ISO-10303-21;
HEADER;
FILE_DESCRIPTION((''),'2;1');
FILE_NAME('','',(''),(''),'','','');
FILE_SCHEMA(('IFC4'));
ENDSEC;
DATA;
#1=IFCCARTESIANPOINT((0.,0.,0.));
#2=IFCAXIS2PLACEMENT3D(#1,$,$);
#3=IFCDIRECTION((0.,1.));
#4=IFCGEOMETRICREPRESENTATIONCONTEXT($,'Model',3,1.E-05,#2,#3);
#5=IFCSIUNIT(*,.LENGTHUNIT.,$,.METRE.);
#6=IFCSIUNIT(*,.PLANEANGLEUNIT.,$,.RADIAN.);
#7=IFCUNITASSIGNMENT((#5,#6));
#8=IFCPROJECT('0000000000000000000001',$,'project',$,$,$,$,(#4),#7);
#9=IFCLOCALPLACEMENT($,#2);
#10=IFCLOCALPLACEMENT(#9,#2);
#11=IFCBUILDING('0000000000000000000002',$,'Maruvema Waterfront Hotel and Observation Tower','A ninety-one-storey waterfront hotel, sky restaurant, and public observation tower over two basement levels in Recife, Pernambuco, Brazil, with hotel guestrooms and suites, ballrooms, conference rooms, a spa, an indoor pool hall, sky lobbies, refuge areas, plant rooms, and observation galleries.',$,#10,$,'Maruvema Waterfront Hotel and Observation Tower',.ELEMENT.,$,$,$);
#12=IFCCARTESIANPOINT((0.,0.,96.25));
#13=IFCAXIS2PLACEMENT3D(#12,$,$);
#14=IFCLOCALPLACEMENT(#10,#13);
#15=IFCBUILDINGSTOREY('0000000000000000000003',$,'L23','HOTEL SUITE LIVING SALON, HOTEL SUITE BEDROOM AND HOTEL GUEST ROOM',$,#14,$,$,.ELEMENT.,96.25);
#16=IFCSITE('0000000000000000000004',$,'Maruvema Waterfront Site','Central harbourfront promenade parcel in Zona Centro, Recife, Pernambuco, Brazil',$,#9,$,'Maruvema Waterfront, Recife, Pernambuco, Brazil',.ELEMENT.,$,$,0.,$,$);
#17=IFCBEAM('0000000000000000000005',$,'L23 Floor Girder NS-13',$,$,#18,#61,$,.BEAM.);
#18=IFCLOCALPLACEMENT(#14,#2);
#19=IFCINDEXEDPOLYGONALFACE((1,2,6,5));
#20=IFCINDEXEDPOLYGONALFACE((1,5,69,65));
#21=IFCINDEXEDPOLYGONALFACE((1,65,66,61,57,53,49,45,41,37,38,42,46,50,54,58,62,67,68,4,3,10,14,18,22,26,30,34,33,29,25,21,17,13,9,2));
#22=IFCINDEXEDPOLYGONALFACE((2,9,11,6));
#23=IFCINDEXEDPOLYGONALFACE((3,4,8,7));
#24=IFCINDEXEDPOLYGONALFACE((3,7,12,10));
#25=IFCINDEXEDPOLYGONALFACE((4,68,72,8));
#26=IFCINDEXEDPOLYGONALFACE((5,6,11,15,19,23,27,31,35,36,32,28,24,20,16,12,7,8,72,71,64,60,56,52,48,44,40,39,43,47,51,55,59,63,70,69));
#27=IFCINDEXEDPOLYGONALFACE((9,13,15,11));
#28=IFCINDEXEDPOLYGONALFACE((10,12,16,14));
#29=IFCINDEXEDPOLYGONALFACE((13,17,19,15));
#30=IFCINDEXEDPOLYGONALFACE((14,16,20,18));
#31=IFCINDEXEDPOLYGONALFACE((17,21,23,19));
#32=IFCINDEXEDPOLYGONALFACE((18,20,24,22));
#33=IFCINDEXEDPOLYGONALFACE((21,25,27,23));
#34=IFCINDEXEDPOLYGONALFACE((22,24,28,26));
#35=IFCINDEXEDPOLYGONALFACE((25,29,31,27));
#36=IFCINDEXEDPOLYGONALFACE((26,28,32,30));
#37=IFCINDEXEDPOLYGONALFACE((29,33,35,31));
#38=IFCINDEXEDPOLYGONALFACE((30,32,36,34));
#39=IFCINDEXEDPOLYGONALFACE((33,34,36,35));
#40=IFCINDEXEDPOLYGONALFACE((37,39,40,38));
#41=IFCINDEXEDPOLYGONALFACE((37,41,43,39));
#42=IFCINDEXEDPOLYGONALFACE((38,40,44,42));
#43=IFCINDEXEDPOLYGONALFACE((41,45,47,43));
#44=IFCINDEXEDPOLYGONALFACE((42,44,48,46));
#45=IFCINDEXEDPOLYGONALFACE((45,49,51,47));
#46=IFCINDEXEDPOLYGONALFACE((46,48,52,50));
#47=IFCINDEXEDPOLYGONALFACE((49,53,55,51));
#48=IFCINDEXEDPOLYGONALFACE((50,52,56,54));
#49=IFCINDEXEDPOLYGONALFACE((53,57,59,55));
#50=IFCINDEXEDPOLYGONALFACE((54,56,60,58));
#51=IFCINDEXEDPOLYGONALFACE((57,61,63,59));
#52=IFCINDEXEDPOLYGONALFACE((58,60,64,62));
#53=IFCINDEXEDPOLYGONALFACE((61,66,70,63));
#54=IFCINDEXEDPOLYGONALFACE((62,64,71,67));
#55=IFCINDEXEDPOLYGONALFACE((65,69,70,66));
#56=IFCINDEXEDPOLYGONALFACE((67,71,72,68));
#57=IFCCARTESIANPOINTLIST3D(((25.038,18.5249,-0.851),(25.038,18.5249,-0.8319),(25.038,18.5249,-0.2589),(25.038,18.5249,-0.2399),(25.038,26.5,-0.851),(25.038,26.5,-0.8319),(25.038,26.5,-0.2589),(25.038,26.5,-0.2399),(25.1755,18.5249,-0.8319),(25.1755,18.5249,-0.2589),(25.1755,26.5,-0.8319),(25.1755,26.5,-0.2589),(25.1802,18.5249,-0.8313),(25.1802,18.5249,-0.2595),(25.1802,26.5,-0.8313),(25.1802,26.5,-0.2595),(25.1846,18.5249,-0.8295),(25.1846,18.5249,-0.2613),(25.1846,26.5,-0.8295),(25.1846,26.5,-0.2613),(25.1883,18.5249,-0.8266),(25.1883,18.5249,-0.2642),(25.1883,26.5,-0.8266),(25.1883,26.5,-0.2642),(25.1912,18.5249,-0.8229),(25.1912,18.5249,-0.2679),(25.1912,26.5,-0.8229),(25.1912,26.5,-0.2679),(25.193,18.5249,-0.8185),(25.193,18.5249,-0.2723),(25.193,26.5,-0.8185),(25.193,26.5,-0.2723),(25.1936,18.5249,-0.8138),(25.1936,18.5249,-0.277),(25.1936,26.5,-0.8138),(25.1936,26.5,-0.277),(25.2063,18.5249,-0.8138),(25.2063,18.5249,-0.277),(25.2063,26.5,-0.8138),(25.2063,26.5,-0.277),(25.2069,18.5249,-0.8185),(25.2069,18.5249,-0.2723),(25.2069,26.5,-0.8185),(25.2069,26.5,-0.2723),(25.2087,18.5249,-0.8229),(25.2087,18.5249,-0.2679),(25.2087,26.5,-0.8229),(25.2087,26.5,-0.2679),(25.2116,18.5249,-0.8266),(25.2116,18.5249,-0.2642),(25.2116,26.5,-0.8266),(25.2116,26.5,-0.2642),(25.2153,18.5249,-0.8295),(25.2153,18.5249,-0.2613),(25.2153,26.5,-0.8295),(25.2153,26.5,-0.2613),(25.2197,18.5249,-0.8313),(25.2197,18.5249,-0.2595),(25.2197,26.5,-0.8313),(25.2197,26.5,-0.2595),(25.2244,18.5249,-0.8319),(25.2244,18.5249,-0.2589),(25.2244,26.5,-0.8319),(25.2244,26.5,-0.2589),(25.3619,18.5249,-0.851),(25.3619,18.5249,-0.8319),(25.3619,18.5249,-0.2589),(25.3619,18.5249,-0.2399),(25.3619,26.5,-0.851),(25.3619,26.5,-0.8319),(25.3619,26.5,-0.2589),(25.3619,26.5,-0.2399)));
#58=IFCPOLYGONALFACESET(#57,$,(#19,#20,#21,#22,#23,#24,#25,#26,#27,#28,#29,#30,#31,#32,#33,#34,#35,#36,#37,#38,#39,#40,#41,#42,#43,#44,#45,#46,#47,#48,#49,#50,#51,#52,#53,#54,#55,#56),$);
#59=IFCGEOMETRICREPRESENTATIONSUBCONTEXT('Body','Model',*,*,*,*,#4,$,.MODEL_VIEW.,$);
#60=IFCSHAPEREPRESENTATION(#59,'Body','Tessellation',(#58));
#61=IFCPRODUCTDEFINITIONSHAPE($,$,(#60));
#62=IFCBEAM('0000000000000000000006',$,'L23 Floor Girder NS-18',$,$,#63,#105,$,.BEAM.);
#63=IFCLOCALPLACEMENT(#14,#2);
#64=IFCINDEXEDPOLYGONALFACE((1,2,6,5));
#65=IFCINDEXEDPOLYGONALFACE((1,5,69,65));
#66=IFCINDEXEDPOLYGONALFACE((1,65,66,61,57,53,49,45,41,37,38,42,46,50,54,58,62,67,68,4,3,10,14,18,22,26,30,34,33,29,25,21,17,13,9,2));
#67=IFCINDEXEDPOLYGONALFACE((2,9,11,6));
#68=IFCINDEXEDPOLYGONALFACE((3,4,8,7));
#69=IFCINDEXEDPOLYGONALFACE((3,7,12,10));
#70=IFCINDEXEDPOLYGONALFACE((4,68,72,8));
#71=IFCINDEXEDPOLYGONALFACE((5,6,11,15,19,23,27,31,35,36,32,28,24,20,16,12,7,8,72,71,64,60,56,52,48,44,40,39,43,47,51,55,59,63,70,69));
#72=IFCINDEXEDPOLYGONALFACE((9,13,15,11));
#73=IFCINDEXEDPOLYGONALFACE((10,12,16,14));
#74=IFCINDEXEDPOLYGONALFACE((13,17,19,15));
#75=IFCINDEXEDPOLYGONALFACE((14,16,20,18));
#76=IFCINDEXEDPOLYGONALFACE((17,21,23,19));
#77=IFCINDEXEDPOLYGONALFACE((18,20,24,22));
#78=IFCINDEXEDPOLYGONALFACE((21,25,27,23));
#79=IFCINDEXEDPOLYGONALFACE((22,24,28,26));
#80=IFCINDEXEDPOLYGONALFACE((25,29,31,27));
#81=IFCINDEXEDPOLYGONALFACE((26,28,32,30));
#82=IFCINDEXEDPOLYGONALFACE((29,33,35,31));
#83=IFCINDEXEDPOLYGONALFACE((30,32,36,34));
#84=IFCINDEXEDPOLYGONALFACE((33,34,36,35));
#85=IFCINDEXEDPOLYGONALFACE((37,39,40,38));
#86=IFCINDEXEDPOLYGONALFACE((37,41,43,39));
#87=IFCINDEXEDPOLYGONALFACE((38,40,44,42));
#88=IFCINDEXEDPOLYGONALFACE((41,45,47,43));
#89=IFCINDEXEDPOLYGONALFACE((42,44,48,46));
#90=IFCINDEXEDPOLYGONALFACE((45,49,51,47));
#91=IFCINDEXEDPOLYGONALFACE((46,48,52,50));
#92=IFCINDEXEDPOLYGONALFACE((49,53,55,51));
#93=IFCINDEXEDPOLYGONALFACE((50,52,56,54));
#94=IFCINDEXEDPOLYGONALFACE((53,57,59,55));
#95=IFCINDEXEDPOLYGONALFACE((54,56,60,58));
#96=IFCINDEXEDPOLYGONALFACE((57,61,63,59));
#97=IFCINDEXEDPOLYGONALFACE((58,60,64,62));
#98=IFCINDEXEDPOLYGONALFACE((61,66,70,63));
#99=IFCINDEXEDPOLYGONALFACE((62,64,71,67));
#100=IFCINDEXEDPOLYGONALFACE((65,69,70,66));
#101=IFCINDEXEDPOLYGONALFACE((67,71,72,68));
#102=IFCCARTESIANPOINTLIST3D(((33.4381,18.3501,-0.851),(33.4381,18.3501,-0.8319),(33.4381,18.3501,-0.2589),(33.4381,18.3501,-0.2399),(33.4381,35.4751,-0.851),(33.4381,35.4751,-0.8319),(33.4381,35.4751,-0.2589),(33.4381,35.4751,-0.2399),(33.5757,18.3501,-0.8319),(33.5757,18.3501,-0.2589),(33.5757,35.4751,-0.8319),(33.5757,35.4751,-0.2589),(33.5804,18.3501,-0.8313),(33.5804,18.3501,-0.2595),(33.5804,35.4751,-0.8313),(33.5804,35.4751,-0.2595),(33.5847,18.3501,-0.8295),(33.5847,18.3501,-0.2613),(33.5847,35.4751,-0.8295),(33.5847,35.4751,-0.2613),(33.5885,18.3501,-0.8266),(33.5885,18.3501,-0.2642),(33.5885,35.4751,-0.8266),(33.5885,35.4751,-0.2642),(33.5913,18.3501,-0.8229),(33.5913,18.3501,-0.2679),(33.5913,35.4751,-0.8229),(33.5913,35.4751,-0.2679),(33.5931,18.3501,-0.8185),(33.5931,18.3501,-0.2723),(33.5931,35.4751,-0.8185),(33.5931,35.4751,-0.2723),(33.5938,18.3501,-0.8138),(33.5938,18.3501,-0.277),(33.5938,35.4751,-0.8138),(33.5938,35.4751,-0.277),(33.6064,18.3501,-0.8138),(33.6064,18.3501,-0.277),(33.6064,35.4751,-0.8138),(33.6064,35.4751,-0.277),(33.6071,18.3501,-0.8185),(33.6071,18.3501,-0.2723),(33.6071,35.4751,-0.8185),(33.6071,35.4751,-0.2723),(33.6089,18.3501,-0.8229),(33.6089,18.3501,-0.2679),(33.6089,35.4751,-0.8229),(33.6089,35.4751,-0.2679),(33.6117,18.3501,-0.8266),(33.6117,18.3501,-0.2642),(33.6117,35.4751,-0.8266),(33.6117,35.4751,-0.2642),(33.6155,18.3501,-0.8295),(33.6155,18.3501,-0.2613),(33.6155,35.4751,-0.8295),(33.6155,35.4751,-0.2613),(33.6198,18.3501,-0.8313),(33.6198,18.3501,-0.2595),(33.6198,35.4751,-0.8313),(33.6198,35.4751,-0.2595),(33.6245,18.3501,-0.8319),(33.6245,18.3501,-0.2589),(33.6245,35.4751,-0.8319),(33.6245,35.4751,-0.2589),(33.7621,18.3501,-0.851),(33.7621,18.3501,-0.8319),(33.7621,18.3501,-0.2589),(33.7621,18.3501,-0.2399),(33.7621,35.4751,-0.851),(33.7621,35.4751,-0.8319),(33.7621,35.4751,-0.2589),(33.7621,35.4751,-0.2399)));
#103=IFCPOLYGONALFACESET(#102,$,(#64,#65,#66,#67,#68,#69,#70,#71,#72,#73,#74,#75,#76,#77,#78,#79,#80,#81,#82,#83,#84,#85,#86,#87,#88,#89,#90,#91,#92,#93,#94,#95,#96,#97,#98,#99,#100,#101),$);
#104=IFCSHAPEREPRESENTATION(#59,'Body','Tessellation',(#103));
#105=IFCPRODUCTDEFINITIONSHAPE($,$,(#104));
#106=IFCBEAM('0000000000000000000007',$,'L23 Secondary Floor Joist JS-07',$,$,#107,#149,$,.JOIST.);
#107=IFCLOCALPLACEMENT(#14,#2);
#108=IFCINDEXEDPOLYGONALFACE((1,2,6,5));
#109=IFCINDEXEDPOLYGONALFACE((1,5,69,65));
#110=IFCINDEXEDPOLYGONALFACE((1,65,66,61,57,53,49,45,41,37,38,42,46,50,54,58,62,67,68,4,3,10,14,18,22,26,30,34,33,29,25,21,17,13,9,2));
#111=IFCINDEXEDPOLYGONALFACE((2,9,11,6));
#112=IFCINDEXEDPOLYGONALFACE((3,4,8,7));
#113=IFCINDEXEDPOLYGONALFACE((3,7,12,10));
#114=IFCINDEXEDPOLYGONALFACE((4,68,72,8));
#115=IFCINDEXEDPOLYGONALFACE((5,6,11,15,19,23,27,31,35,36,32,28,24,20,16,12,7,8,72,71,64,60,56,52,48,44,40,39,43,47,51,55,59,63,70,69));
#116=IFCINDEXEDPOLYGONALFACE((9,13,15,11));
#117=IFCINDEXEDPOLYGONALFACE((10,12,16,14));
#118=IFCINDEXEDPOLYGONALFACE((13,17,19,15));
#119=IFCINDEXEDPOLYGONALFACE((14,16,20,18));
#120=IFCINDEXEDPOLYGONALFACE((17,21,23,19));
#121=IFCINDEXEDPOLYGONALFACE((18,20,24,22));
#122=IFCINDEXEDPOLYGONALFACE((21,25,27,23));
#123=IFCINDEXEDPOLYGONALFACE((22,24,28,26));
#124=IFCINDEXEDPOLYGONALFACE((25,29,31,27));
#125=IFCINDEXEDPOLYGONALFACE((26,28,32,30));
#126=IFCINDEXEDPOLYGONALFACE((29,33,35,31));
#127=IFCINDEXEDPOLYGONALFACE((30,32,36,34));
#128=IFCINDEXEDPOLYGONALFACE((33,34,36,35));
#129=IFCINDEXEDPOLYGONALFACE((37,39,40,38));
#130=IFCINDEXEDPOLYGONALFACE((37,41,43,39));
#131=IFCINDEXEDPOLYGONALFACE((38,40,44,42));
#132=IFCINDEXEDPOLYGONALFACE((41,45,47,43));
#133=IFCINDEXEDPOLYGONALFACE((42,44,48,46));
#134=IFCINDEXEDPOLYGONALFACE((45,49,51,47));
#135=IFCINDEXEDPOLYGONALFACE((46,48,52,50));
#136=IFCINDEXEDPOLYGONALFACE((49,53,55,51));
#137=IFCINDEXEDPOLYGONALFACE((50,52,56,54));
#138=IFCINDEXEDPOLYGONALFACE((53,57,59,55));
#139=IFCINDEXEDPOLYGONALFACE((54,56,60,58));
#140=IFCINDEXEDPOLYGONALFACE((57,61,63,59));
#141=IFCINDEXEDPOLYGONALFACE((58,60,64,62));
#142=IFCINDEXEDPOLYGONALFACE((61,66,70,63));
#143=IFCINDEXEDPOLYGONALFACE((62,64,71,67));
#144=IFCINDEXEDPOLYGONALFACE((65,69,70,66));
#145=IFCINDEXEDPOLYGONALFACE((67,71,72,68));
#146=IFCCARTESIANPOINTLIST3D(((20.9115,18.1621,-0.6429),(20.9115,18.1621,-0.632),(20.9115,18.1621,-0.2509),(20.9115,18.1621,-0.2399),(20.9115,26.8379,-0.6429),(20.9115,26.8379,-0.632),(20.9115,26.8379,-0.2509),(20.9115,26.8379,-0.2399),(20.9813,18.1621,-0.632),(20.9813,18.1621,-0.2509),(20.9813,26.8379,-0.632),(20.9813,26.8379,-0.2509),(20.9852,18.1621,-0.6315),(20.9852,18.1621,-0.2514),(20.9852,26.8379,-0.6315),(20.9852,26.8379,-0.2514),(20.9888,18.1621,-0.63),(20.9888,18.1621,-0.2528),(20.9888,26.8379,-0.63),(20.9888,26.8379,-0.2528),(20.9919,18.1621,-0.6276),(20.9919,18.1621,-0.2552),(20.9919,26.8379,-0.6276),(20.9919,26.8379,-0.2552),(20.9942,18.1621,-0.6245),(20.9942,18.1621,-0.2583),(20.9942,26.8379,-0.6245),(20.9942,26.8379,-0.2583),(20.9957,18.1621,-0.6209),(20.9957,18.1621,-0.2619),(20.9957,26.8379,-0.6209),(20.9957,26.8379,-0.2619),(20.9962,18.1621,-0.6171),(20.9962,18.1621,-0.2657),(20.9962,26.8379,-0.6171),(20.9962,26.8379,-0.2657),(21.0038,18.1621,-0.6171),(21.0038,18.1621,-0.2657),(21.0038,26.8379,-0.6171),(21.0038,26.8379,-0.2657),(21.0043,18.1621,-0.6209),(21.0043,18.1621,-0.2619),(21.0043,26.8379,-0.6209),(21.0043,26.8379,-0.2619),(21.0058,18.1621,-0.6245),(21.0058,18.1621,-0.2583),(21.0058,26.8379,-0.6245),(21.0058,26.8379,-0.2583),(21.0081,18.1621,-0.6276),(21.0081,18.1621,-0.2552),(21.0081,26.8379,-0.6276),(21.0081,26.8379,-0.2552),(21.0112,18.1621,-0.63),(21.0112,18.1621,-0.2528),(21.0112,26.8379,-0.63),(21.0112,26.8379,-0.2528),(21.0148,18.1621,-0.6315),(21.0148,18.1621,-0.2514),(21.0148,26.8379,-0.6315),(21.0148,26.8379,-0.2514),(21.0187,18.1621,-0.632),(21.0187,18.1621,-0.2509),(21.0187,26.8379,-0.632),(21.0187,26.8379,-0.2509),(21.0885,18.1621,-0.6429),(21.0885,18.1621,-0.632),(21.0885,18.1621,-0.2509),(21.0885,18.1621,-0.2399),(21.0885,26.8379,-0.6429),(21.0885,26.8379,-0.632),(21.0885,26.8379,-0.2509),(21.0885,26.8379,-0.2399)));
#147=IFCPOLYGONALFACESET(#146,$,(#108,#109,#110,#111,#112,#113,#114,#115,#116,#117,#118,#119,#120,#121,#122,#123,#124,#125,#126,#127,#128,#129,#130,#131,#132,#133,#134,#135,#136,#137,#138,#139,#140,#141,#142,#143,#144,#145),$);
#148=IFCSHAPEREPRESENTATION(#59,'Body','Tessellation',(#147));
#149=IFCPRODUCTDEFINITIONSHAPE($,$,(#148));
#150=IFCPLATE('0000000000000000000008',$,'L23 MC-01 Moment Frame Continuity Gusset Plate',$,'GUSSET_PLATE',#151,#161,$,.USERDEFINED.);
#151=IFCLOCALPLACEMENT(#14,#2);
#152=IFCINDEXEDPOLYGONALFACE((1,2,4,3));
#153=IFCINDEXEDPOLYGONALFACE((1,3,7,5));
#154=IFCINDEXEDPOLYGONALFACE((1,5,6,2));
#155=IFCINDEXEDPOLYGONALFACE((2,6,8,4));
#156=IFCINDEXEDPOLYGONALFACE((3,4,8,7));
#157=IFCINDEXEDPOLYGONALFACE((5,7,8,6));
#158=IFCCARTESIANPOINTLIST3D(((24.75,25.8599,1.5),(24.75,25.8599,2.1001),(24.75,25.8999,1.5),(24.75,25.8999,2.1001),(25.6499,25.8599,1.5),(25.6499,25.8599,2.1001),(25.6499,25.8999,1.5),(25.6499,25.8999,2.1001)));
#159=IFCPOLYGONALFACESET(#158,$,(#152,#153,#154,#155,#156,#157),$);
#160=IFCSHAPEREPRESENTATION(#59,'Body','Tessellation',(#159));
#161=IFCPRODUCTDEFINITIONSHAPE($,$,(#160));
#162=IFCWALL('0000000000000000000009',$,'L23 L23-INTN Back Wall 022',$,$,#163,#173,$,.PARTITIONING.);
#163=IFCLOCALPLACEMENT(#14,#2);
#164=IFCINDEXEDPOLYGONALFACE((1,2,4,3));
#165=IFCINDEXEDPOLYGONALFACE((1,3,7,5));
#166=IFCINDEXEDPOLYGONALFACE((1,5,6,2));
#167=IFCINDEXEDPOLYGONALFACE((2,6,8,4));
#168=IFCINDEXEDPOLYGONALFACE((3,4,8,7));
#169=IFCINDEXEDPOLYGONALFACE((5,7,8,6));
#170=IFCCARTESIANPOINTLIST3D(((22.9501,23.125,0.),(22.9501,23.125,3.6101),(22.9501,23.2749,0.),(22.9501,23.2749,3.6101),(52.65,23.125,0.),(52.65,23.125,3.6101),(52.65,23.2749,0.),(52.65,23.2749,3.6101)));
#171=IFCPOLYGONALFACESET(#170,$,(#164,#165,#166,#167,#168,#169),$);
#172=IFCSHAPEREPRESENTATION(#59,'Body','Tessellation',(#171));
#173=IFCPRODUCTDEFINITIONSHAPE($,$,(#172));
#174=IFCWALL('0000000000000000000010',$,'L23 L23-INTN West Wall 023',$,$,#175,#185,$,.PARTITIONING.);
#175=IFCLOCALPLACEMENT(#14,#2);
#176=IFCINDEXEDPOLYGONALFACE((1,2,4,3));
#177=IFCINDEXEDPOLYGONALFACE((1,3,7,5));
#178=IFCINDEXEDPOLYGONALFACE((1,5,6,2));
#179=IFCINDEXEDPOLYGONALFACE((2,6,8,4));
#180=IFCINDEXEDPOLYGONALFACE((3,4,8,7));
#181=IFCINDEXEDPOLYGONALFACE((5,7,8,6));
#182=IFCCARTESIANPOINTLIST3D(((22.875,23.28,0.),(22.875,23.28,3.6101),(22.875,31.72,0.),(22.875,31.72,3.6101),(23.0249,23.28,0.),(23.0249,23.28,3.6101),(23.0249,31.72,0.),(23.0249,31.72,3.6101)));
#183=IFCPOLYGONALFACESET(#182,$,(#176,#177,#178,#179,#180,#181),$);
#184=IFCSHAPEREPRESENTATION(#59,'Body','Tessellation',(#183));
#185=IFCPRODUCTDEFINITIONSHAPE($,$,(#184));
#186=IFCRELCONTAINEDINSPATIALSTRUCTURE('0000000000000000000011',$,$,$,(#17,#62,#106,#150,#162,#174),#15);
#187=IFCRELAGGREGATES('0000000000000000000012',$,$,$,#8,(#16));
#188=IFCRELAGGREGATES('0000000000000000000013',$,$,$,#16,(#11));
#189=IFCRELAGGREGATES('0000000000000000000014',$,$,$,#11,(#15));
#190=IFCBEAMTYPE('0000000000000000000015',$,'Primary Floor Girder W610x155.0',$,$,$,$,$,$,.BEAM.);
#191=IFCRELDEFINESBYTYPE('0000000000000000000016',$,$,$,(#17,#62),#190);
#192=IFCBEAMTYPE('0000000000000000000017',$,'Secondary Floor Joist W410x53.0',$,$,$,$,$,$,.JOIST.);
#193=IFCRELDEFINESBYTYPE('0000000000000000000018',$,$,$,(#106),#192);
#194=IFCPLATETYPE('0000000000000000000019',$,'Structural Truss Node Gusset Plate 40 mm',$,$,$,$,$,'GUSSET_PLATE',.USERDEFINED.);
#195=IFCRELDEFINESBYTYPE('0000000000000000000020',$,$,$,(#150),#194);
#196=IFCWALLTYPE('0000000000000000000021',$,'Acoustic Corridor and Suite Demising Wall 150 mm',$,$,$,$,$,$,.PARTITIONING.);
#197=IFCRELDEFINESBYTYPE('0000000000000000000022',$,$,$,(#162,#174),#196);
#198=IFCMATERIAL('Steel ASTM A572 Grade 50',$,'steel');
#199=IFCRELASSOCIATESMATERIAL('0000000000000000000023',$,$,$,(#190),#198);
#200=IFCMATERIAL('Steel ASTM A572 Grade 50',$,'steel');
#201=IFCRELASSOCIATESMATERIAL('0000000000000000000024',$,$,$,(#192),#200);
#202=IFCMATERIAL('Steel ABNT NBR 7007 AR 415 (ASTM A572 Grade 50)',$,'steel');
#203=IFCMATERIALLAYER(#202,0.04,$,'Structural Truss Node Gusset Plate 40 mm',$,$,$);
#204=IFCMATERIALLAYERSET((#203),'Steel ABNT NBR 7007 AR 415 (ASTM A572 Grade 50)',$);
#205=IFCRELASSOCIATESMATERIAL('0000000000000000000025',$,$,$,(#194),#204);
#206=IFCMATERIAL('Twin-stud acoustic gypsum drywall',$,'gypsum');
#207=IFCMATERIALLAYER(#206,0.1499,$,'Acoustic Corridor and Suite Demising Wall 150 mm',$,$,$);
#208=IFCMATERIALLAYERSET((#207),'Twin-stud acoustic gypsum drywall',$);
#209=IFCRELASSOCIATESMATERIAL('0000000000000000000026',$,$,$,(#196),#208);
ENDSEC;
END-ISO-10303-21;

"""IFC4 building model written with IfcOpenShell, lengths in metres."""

from ifc_helpers import new_model, si_unit, direction, frame, frame_2d, origin, origin_2d, place, context, subcontext, project, spatial, rectangle, i_section, extrude, material, layer, layer_set, material_profile, profile_set, type_object, element, save


model = new_model("IFC4")

# Units and contexts
model_context = context("Model", 3, precision=1e-05, world=origin(), true_north=direction((0.0, 1.0)))
body_context = subcontext(model_context, "Body", "Model", "MODEL_VIEW")
ifc_project = project(units=[si_unit("LENGTHUNIT", "METRE"), si_unit("PLANEANGLEUNIT", "RADIAN")], contexts=[model_context])

# Site, building, storey
site_placement = place(None, origin())
site = spatial("IfcSite", under=ifc_project, at=site_placement, Name="Maruvema Waterfront Site", Description="Central harbourfront promenade parcel in Zona Centro, Recife, Pernambuco, Brazil", LongName="Maruvema Waterfront, Recife, Pernambuco, Brazil", CompositionType="ELEMENT", RefElevation=0.0)
building_placement = place(site_placement, origin())
building = spatial("IfcBuilding", under=site, at=building_placement, Name="Maruvema Waterfront Hotel and Observation Tower", Description="A ninety-one-storey waterfront hotel, sky restaurant, and public observation tower over two basement levels in Recife, Pernambuco, Brazil, with hotel guestrooms and suites, ballrooms, conference rooms, a spa, an indoor pool hall, sky lobbies, refuge areas, plant rooms, and observation galleries.", LongName="Maruvema Waterfront Hotel and Observation Tower", CompositionType="ELEMENT")
storey_placement = place(building_placement, frame((0.0, 0.0, 96.25)))
storey = spatial("IfcBuildingStorey", under=building, at=storey_placement, Name="L23", Description="HOTEL SUITE LIVING SALON, HOTEL SUITE BEDROOM AND HOTEL GUEST ROOM", CompositionType="ELEMENT", Elevation=96.25)

# Beams
ifc_material_1 = material(Name="Steel ASTM A572 Grade 50", Category="steel")
ifc_material_profile_1 = material_profile(ifc_material_1, i_section(OverallWidth=0.324, OverallDepth=0.6111, WebThickness=0.0127, FlangeThickness=0.019, FilletRadius=0.0181, at=origin_2d()), Name="W610x155.0")
ifc_profile_set_1 = profile_set([ifc_material_profile_1], Name="Steel ASTM A572 Grade 50")
beam_type_1 = type_object("IfcBeamType", Name="Primary Floor Girder W610x155.0", PredefinedType="BEAM", material=ifc_profile_set_1)
beam_1_placement = place(storey_placement, frame((25.2, 18.5249, -0.5454), z_axis=(0.0, 1.0, 0.0), x_axis=(-1.0, 0.0, 0.0)))
element("IfcBeam", 1, at=beam_1_placement, inside=storey, type_object=beam_type_1, Name="L23 Floor Girder NS-13", PredefinedType="BEAM", context=body_context, shape_type="SweptSolid", body=[
    extrude(i_section(OverallWidth=0.324, OverallDepth=0.6111, WebThickness=0.0127, FlangeThickness=0.019, FilletRadius=0.0181, at=origin_2d()), origin(), (0.0, 0.0, 1.0), 7.9751),
])
beam_2_placement = place(storey_placement, frame((33.6001, 18.3501, -0.5454), z_axis=(0.0, 1.0, 0.0), x_axis=(-1.0, 0.0, 0.0)))
element("IfcBeam", 2, at=beam_2_placement, inside=storey, type_object=beam_type_1, Name="L23 Floor Girder NS-18", PredefinedType="BEAM", context=body_context, shape_type="SweptSolid", body=[
    extrude(i_section(OverallWidth=0.324, OverallDepth=0.6111, WebThickness=0.0127, FlangeThickness=0.019, FilletRadius=0.0181, at=origin_2d()), origin(), (0.0, 0.0, 1.0), 17.125),
])
ifc_material_2 = material(Name="Steel ASTM A572 Grade 50", Category="steel")
ifc_material_profile_2 = material_profile(ifc_material_2, i_section(OverallWidth=0.177, OverallDepth=0.4031, WebThickness=0.0076, FlangeThickness=0.011, FilletRadius=0.0149, at=origin_2d()), Name="W410x53.0")
ifc_profile_set_2 = profile_set([ifc_material_profile_2], Name="Steel ASTM A572 Grade 50")
beam_type_2 = type_object("IfcBeamType", Name="Secondary Floor Joist W410x53.0", PredefinedType="JOIST", material=ifc_profile_set_2)
beam_3_placement = place(storey_placement, frame((21.0, 18.1621, -0.4414), z_axis=(0.0, 1.0, 0.0), x_axis=(-1.0, 0.0, 0.0)))
element("IfcBeam", 3, at=beam_3_placement, inside=storey, type_object=beam_type_2, Name="L23 Secondary Floor Joist JS-07", PredefinedType="JOIST", context=body_context, shape_type="SweptSolid", body=[
    extrude(i_section(OverallWidth=0.177, OverallDepth=0.4031, WebThickness=0.0076, FlangeThickness=0.011, FilletRadius=0.0149, at=origin_2d()), origin(), (0.0, 0.0, 1.0), 8.6758),
])

# Plate
ifc_material_3 = material(Name="Steel ABNT NBR 7007 AR 415 (ASTM A572 Grade 50)", Category="steel")
ifc_layer_1 = layer(ifc_material_3, 0.04, Name="Structural Truss Node Gusset Plate 40 mm")
ifc_layer_set_1 = layer_set([ifc_layer_1], Name="Steel ABNT NBR 7007 AR 415 (ASTM A572 Grade 50)")
plate_type = type_object("IfcPlateType", Name="Structural Truss Node Gusset Plate 40 mm", ElementType="GUSSET_PLATE", PredefinedType="USERDEFINED", material=ifc_layer_set_1)
plate_placement = place(storey_placement, frame((25.2, 25.8799, 1.5), z_axis=(0.0, 0.0, 1.0), x_axis=(1.0, 0.0, 0.0)))
element("IfcPlate", 4, at=plate_placement, inside=storey, type_object=plate_type, Name="L23 MC-01 Moment Frame Continuity Gusset Plate", ObjectType="GUSSET_PLATE", PredefinedType="USERDEFINED", context=body_context, shape_type="SweptSolid", body=[
    extrude(rectangle(XDim=0.8999, YDim=0.04, at=origin_2d()), origin(), (0.0, 0.0, 1.0), 0.6001),
])

# Walls
ifc_material_4 = material(Name="Twin-stud acoustic gypsum drywall", Category="gypsum")
ifc_layer_2 = layer(ifc_material_4, 0.1499, Name="Acoustic Corridor and Suite Demising Wall 150 mm")
ifc_layer_set_2 = layer_set([ifc_layer_2], Name="Twin-stud acoustic gypsum drywall")
wall_type_1 = type_object("IfcWallType", Name="Acoustic Corridor and Suite Demising Wall 150 mm", PredefinedType="PARTITIONING", material=ifc_layer_set_2)
wall_1_placement = place(storey_placement, frame((22.95, 23.2, 0.0), z_axis=(0.0, 0.0, 1.0), x_axis=(1.0, 0.0, 0.0)))
element("IfcWall", 5, at=wall_1_placement, inside=storey, type_object=wall_type_1, Name="L23 L23-INTN Back Wall 022", PredefinedType="PARTITIONING", context=body_context, shape_type="SweptSolid", body=[
    extrude(rectangle(XDim=29.7, YDim=0.1499, at=frame_2d((14.8501, 0.0))), origin(), (0.0, 0.0, 1.0), 3.6101),
])
wall_2_placement = place(storey_placement, frame((22.95, 23.28, 0.0), z_axis=(0.0, 0.0, 1.0), x_axis=(0.0, 1.0, 0.0)))
element("IfcWall", 6, at=wall_2_placement, inside=storey, type_object=wall_type_1, Name="L23 L23-INTN West Wall 023", PredefinedType="PARTITIONING", context=body_context, shape_type="SweptSolid", body=[
    extrude(rectangle(XDim=8.4399, YDim=0.1499, at=frame_2d((4.22, 0.0))), origin(), (0.0, 0.0, 1.0), 3.6101),
])

save(model, "model.ifc")
